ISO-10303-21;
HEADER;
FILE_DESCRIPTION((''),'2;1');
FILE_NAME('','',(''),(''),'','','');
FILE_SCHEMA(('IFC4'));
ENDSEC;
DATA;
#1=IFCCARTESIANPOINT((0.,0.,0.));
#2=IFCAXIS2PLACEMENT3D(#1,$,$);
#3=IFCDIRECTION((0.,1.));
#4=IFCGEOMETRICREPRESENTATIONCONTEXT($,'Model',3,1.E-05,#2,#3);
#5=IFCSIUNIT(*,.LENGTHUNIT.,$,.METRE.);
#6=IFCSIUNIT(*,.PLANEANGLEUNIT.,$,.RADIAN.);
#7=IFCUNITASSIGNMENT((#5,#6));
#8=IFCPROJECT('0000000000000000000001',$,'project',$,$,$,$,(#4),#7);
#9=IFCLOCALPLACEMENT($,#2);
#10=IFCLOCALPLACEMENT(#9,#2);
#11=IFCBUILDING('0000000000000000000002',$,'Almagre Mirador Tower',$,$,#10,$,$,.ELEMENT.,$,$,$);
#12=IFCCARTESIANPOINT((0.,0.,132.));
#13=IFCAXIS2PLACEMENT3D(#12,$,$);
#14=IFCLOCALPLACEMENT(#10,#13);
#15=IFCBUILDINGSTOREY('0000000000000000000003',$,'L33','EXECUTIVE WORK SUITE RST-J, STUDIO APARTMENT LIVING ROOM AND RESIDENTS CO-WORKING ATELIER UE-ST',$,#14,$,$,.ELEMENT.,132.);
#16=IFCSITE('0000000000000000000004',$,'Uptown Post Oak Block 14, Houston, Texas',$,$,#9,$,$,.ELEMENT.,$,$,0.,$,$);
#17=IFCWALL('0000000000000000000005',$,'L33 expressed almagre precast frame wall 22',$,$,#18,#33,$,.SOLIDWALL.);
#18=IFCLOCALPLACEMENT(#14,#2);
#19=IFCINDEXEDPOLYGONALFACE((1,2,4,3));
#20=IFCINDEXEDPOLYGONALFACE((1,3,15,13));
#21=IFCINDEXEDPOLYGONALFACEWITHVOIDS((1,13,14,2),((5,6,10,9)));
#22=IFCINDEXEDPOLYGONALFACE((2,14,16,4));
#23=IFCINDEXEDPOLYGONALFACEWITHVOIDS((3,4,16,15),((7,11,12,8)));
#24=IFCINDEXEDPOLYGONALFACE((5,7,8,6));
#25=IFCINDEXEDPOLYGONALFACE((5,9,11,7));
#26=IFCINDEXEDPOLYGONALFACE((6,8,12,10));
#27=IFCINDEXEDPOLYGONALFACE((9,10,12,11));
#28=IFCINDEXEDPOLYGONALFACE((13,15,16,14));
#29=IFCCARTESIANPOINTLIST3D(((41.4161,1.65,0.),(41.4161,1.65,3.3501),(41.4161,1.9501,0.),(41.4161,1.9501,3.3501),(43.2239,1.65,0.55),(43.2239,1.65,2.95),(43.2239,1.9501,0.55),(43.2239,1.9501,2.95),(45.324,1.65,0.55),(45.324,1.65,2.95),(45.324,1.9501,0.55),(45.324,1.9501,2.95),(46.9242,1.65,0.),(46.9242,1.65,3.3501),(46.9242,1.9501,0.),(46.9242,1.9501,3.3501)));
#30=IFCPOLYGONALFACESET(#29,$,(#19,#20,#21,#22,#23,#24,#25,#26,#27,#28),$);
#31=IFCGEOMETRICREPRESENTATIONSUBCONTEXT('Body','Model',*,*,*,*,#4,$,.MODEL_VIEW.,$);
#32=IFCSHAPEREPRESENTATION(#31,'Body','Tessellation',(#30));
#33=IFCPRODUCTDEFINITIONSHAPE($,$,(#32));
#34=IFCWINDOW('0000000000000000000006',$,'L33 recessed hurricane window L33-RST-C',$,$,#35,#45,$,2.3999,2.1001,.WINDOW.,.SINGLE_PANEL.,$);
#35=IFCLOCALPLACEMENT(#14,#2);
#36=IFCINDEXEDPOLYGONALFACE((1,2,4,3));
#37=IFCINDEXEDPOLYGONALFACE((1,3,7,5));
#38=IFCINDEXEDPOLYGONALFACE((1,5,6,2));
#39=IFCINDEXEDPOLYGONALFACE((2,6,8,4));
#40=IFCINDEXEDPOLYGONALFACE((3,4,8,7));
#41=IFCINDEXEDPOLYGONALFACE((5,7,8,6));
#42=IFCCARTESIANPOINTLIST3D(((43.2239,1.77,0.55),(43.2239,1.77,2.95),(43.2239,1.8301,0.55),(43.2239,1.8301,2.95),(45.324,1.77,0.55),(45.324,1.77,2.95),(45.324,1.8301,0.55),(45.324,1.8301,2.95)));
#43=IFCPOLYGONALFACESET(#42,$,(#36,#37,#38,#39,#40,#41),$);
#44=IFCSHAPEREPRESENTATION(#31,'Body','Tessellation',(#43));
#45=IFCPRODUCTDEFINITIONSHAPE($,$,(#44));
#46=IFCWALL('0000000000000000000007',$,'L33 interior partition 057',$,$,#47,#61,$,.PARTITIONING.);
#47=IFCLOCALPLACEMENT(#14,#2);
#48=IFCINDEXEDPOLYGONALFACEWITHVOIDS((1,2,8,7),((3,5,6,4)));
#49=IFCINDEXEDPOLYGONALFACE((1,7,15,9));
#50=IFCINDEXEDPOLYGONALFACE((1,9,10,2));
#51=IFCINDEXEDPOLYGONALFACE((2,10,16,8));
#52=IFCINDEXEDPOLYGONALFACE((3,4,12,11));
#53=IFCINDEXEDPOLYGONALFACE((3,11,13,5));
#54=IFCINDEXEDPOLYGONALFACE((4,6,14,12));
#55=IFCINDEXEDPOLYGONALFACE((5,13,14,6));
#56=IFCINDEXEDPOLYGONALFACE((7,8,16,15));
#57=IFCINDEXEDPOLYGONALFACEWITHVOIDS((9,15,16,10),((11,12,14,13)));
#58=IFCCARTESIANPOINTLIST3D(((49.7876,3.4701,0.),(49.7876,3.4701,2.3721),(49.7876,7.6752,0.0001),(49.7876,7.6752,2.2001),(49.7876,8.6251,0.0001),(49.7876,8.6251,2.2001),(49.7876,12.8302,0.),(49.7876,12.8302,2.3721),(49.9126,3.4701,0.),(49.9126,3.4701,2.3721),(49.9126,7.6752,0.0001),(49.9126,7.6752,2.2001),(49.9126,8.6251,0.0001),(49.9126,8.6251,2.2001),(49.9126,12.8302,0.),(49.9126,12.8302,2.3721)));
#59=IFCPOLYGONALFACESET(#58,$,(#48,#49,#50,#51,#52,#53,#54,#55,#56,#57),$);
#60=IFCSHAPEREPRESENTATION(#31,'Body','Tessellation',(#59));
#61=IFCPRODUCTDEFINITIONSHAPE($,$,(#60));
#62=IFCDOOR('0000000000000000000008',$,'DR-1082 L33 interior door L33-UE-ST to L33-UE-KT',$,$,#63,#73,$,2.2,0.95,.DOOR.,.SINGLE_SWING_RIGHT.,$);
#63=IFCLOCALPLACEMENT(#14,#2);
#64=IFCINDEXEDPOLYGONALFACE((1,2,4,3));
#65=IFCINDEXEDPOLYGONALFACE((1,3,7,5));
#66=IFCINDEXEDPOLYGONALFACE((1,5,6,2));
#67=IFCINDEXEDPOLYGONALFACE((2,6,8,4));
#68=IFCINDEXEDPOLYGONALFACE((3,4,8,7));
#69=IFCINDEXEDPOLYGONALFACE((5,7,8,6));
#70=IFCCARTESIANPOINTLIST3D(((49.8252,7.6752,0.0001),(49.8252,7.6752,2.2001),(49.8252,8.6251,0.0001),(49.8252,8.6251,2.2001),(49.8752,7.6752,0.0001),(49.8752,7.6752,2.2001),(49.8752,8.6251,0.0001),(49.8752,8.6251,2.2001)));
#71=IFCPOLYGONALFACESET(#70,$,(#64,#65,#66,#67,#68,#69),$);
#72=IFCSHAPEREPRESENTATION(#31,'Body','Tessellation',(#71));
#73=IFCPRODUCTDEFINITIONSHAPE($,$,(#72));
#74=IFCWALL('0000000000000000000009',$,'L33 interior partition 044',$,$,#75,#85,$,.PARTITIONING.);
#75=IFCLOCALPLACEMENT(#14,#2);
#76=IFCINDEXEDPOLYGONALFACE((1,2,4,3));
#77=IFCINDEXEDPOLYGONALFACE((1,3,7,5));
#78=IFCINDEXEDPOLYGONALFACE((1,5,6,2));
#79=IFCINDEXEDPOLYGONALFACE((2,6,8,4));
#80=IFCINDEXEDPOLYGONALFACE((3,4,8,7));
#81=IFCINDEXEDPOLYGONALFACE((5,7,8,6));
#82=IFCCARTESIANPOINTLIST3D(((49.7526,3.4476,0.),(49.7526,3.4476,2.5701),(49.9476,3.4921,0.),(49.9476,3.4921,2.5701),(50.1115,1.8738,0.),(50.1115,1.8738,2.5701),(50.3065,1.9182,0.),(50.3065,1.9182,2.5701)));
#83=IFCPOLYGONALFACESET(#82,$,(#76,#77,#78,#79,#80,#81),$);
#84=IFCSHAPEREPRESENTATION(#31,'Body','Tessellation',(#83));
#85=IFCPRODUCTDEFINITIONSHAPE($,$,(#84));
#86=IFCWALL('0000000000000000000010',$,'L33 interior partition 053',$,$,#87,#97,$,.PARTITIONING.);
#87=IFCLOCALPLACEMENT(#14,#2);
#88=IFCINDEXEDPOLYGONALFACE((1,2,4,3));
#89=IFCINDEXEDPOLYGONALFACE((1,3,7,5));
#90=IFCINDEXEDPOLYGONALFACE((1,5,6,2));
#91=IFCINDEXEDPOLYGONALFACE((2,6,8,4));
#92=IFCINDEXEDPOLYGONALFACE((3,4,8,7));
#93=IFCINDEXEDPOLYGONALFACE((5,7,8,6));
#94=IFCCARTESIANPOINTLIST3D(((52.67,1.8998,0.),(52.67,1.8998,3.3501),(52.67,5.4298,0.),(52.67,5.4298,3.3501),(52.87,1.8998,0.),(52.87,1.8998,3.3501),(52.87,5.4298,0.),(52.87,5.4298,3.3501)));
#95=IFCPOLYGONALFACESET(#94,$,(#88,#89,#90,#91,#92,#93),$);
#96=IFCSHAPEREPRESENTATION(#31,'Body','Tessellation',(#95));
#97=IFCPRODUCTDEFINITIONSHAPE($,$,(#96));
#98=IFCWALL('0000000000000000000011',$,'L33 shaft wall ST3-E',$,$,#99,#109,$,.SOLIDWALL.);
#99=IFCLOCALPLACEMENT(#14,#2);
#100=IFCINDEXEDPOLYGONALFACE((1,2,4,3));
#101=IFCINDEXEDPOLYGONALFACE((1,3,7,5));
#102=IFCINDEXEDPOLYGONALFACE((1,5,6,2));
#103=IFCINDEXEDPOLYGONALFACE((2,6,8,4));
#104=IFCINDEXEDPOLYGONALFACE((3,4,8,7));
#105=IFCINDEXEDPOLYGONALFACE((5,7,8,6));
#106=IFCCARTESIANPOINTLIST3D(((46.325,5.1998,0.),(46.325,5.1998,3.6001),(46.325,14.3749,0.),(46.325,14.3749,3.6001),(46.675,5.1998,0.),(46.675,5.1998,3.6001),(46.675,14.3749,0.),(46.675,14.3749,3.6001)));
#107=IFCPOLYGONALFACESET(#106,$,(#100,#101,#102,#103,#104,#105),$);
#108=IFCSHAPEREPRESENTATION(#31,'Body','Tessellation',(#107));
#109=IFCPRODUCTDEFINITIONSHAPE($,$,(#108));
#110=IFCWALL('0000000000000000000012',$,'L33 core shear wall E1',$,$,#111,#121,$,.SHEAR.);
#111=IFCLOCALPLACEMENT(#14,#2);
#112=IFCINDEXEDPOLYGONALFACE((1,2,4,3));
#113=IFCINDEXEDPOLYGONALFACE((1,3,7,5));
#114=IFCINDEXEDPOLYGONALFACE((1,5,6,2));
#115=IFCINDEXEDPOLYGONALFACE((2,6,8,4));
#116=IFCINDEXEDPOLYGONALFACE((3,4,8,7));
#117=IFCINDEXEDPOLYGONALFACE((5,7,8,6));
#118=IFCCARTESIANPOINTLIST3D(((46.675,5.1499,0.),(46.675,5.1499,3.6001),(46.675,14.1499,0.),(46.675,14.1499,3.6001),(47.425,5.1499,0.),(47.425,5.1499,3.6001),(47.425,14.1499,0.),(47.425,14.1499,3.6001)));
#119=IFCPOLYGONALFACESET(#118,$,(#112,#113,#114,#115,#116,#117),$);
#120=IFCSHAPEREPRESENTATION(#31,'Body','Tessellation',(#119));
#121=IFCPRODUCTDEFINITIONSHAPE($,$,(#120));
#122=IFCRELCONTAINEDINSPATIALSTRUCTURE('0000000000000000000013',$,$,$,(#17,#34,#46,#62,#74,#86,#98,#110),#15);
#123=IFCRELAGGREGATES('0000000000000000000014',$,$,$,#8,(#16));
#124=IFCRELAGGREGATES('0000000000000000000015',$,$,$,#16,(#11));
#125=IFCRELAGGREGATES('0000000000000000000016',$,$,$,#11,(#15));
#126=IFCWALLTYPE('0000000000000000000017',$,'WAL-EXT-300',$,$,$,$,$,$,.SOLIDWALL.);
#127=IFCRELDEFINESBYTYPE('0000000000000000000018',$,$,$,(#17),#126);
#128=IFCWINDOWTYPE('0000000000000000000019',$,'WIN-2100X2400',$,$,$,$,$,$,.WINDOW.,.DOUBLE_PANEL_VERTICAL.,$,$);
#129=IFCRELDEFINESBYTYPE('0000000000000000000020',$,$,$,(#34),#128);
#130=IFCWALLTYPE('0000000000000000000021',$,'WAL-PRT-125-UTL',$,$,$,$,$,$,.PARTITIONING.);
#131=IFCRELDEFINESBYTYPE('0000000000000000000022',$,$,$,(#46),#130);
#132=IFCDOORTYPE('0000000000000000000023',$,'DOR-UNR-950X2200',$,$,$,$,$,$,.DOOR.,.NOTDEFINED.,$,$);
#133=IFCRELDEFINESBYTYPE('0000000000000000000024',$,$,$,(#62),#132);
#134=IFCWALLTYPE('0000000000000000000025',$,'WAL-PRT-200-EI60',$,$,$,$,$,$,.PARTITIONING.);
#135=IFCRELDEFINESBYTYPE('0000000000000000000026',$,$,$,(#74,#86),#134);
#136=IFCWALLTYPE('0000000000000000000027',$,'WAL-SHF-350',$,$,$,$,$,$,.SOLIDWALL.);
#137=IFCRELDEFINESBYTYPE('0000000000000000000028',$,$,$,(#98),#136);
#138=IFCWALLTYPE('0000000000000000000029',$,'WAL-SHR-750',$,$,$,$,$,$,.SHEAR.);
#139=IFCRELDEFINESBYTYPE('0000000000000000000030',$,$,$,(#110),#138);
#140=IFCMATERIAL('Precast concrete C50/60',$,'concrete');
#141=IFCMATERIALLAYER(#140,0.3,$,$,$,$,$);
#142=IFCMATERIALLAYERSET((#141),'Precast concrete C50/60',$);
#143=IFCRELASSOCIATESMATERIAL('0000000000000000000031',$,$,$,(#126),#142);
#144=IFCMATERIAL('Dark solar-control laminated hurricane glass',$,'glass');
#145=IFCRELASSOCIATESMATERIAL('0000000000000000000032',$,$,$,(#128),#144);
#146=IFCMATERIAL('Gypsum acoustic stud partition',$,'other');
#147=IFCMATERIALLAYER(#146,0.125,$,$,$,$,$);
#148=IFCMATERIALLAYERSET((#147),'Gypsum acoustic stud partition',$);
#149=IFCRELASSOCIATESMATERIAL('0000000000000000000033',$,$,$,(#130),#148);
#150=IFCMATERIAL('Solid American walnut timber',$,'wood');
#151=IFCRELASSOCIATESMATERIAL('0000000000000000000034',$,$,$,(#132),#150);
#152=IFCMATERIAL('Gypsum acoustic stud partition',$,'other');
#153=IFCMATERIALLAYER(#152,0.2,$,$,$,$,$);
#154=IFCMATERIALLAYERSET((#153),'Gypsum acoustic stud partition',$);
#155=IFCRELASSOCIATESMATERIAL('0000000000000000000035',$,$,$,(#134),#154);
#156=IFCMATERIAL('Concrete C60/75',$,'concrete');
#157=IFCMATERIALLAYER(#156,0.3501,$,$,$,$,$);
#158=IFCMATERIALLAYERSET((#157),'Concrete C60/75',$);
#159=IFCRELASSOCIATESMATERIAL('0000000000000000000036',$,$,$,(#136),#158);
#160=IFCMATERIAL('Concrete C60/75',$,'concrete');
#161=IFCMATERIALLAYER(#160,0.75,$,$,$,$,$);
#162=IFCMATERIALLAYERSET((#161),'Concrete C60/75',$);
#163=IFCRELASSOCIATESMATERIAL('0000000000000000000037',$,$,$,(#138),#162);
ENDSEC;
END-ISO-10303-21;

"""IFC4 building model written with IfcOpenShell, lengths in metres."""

from ifc_helpers import new_model, si_unit, direction, frame, frame_2d, origin, place, context, subcontext, project, spatial, rectangle, extrude, material, layer, layer_set, type_object, element, fill, save


model = new_model("IFC4")

# Units and contexts
model_context = context("Model", 3, precision=1e-05, world=origin(), true_north=direction((0.0, 1.0)))
body_context = subcontext(model_context, "Body", "Model", "MODEL_VIEW")
ifc_project = project(units=[si_unit("LENGTHUNIT", "METRE"), si_unit("PLANEANGLEUNIT", "RADIAN")], contexts=[model_context])

# Site, building, storey
site_placement = place(None, origin())
site = spatial("IfcSite", under=ifc_project, at=site_placement, Name="Uptown Post Oak Block 14, Houston, Texas", CompositionType="ELEMENT", RefElevation=0.0)
building_placement = place(site_placement, origin())
building = spatial("IfcBuilding", under=site, at=building_placement, Name="Almagre Mirador Tower", CompositionType="ELEMENT")
storey_placement = place(building_placement, frame((0.0, 0.0, 132.0)))
storey = spatial("IfcBuildingStorey", under=building, at=storey_placement, Name="L33", Description="EXECUTIVE WORK SUITE RST-J, STUDIO APARTMENT LIVING ROOM AND RESIDENTS CO-WORKING ATELIER UE-ST", CompositionType="ELEMENT", Elevation=132.0)

# Wall, opening, window
ifc_material_1 = material(Name="Precast concrete C50/60", Category="concrete")
ifc_layer_1 = layer(ifc_material_1, 0.3)
ifc_layer_set_1 = layer_set([ifc_layer_1], Name="Precast concrete C50/60")
wall_type_1 = type_object("IfcWallType", Name="WAL-EXT-300", PredefinedType="SOLIDWALL", material=ifc_layer_set_1)
ifc_material_2 = material(Name="Dark solar-control laminated hurricane glass", Category="glass")
window_type = type_object("IfcWindowType", Name="WIN-2100X2400", PartitioningType="DOUBLE_PANEL_VERTICAL", PredefinedType="WINDOW", material=ifc_material_2)
wall_1_placement = place(storey_placement, frame((46.9241, 1.8, 0.0), z_axis=(0.0, 0.0, 1.0), x_axis=(-1.0, 0.0, 0.0)))
wall_1 = element("IfcWall", 1, at=wall_1_placement, inside=storey, type_object=wall_type_1, Name="L33 expressed almagre precast frame wall 22", PredefinedType="SOLIDWALL", context=body_context, shape_type="SweptSolid", body=[
    extrude(rectangle(XDim=5.5081, YDim=0.3, at=frame_2d((2.7539, 0.0))), origin(), (0.0, 0.0, 1.0), 3.3501),
])
opening_1_placement = place(wall_1_placement, frame((1.6001, 0.0, 0.55)))
opening_1 = element("IfcOpeningElement", 2, at=opening_1_placement, cuts=wall_1, PredefinedType="OPENING", context=body_context, shape_type="SweptSolid", body=[
    extrude(rectangle(XDim=2.1001, YDim=2.3999, at=frame_2d((1.05, 1.2))), frame((0.0, 0.1599, 0.0), z_axis=(0.0, -1.0, 0.0), x_axis=(1.0, 0.0, 0.0)), (0.0, 0.0, 1.0), 0.32),
])
window_1_placement = place(opening_1_placement, origin())
window_1 = element("IfcWindow", 3, at=window_1_placement, inside=storey, type_object=window_type, Name="L33 recessed hurricane window L33-RST-C", OverallHeight=2.3999, OverallWidth=2.1001, PartitioningType="SINGLE_PANEL", PredefinedType="WINDOW", context=body_context, shape_type="SweptSolid", body=[
    extrude(rectangle(XDim=2.1001, YDim=2.3999, at=frame_2d((1.05, 1.2))), frame((0.0, 0.03, 0.0), z_axis=(0.0, -1.0, 0.0), x_axis=(1.0, 0.0, 0.0)), (0.0, 0.0, 1.0), 0.0601),
])
fill(opening_1, window_1)

# Wall, opening, door
ifc_material_3 = material(Name="Gypsum acoustic stud partition", Category="other")
ifc_layer_2 = layer(ifc_material_3, 0.125)
ifc_layer_set_2 = layer_set([ifc_layer_2], Name="Gypsum acoustic stud partition")
wall_type_2 = type_object("IfcWallType", Name="WAL-PRT-125-UTL", PredefinedType="PARTITIONING", material=ifc_layer_set_2)
wall_2_placement = place(storey_placement, frame((49.8501, 3.47, 0.0), z_axis=(0.0, 0.0, 1.0), x_axis=(0.0, 1.0, 0.0)))
wall_2 = element("IfcWall", 4, at=wall_2_placement, inside=storey, type_object=wall_type_2, Name="L33 interior partition 057", PredefinedType="PARTITIONING", context=body_context, shape_type="SweptSolid", body=[
    extrude(rectangle(XDim=9.3601, YDim=0.125, at=frame_2d((4.6802, 0.0))), origin(), (0.0, 0.0, 1.0), 2.3721),
])
opening_2_placement = place(wall_2_placement, frame((4.2051, 0.0, 0.0)))
opening_2 = element("IfcOpeningElement", 5, at=opening_2_placement, cuts=wall_2, PredefinedType="OPENING", context=body_context, shape_type="SweptSolid", body=[
    extrude(rectangle(XDim=0.95, YDim=2.2, at=frame_2d((0.4751, 1.1001))), frame((0.0, 0.0725, 0.0), z_axis=(0.0, -1.0, 0.0), x_axis=(1.0, 0.0, 0.0)), (0.0, 0.0, 1.0), 0.145),
])
ifc_material_4 = material(Name="Solid American walnut timber", Category="wood")
door_type = type_object("IfcDoorType", Name="DOR-UNR-950X2200", OperationType="NOTDEFINED", PredefinedType="DOOR", material=ifc_material_4)
door_placement = place(opening_2_placement, origin())
door = element("IfcDoor", 6, at=door_placement, inside=storey, type_object=door_type, Name="DR-1082 L33 interior door L33-UE-ST to L33-UE-KT", OperationType="SINGLE_SWING_RIGHT", OverallHeight=2.2, OverallWidth=0.95, PredefinedType="DOOR", context=body_context, shape_type="SweptSolid", body=[
    extrude(rectangle(XDim=0.95, YDim=2.2, at=frame_2d((0.4751, 1.1001))), frame((0.0, 0.0249, 0.0), z_axis=(0.0, -1.0, 0.0), x_axis=(1.0, 0.0, 0.0)), (0.0, 0.0, 1.0), 0.05),
])
fill(opening_2, door)

# Walls
ifc_material_5 = material(Name="Gypsum acoustic stud partition", Category="other")
ifc_layer_3 = layer(ifc_material_5, 0.2)
ifc_layer_set_3 = layer_set([ifc_layer_3], Name="Gypsum acoustic stud partition")
wall_type_3 = type_object("IfcWallType", Name="WAL-PRT-200-EI60", PredefinedType="PARTITIONING", material=ifc_layer_set_3)
wall_3_placement = place(storey_placement, frame((50.209, 1.896, 0.0), z_axis=(0.0, 0.0, 1.0), x_axis=(-0.222307, 0.974977, 0.0)))
element("IfcWall", 7, at=wall_3_placement, inside=storey, type_object=wall_type_3, Name="L33 interior partition 044", PredefinedType="PARTITIONING", context=body_context, shape_type="SweptSolid", body=[
    extrude(rectangle(XDim=1.6143, YDim=0.2, at=frame_2d((0.8071, 0.0))), origin(), (0.0, 0.0, 1.0), 2.5701),
])
wall_4_placement = place(storey_placement, frame((52.77, 5.4299, 0.0), z_axis=(0.0, 0.0, 1.0), x_axis=(0.0, -1.0, 0.0)))
element("IfcWall", 8, at=wall_4_placement, inside=storey, type_object=wall_type_3, Name="L33 interior partition 053", PredefinedType="PARTITIONING", context=body_context, shape_type="SweptSolid", body=[
    extrude(rectangle(XDim=3.53, YDim=0.2, at=frame_2d((1.7651, 0.0))), origin(), (0.0, 0.0, 1.0), 3.3501),
])
ifc_material_6 = material(Name="Concrete C60/75", Category="concrete")
ifc_layer_4 = layer(ifc_material_6, 0.3501)
ifc_layer_set_4 = layer_set([ifc_layer_4], Name="Concrete C60/75")
wall_type_4 = type_object("IfcWallType", Name="WAL-SHF-350", PredefinedType="SOLIDWALL", material=ifc_layer_set_4)
wall_5_placement = place(storey_placement, frame((46.5, 5.2, 0.0), z_axis=(0.0, 0.0, 1.0), x_axis=(0.0, 1.0, 0.0)))
element("IfcWall", 9, at=wall_5_placement, inside=storey, type_object=wall_type_4, Name="L33 shaft wall ST3-E", PredefinedType="SOLIDWALL", context=body_context, shape_type="SweptSolid", body=[
    extrude(rectangle(XDim=9.175, YDim=0.3501, at=frame_2d((4.5874, 0.0))), origin(), (0.0, 0.0, 1.0), 3.6001),
])
ifc_material_7 = material(Name="Concrete C60/75", Category="concrete")
ifc_layer_5 = layer(ifc_material_7, 0.75)
ifc_layer_set_5 = layer_set([ifc_layer_5], Name="Concrete C60/75")
wall_type_5 = type_object("IfcWallType", Name="WAL-SHR-750", PredefinedType="SHEAR", material=ifc_layer_set_5)
wall_6_placement = place(storey_placement, frame((47.05, 5.1499, 0.0), z_axis=(0.0, 0.0, 1.0), x_axis=(0.0, 1.0, 0.0)))
element("IfcWall", 10, at=wall_6_placement, inside=storey, type_object=wall_type_5, Name="L33 core shear wall E1", PredefinedType="SHEAR", context=body_context, shape_type="SweptSolid", body=[
    extrude(rectangle(XDim=9.0, YDim=0.75, at=frame_2d((4.5, 0.0))), origin(), (0.0, 0.0, 1.0), 3.6001),
])

save(model, "model.ifc")
